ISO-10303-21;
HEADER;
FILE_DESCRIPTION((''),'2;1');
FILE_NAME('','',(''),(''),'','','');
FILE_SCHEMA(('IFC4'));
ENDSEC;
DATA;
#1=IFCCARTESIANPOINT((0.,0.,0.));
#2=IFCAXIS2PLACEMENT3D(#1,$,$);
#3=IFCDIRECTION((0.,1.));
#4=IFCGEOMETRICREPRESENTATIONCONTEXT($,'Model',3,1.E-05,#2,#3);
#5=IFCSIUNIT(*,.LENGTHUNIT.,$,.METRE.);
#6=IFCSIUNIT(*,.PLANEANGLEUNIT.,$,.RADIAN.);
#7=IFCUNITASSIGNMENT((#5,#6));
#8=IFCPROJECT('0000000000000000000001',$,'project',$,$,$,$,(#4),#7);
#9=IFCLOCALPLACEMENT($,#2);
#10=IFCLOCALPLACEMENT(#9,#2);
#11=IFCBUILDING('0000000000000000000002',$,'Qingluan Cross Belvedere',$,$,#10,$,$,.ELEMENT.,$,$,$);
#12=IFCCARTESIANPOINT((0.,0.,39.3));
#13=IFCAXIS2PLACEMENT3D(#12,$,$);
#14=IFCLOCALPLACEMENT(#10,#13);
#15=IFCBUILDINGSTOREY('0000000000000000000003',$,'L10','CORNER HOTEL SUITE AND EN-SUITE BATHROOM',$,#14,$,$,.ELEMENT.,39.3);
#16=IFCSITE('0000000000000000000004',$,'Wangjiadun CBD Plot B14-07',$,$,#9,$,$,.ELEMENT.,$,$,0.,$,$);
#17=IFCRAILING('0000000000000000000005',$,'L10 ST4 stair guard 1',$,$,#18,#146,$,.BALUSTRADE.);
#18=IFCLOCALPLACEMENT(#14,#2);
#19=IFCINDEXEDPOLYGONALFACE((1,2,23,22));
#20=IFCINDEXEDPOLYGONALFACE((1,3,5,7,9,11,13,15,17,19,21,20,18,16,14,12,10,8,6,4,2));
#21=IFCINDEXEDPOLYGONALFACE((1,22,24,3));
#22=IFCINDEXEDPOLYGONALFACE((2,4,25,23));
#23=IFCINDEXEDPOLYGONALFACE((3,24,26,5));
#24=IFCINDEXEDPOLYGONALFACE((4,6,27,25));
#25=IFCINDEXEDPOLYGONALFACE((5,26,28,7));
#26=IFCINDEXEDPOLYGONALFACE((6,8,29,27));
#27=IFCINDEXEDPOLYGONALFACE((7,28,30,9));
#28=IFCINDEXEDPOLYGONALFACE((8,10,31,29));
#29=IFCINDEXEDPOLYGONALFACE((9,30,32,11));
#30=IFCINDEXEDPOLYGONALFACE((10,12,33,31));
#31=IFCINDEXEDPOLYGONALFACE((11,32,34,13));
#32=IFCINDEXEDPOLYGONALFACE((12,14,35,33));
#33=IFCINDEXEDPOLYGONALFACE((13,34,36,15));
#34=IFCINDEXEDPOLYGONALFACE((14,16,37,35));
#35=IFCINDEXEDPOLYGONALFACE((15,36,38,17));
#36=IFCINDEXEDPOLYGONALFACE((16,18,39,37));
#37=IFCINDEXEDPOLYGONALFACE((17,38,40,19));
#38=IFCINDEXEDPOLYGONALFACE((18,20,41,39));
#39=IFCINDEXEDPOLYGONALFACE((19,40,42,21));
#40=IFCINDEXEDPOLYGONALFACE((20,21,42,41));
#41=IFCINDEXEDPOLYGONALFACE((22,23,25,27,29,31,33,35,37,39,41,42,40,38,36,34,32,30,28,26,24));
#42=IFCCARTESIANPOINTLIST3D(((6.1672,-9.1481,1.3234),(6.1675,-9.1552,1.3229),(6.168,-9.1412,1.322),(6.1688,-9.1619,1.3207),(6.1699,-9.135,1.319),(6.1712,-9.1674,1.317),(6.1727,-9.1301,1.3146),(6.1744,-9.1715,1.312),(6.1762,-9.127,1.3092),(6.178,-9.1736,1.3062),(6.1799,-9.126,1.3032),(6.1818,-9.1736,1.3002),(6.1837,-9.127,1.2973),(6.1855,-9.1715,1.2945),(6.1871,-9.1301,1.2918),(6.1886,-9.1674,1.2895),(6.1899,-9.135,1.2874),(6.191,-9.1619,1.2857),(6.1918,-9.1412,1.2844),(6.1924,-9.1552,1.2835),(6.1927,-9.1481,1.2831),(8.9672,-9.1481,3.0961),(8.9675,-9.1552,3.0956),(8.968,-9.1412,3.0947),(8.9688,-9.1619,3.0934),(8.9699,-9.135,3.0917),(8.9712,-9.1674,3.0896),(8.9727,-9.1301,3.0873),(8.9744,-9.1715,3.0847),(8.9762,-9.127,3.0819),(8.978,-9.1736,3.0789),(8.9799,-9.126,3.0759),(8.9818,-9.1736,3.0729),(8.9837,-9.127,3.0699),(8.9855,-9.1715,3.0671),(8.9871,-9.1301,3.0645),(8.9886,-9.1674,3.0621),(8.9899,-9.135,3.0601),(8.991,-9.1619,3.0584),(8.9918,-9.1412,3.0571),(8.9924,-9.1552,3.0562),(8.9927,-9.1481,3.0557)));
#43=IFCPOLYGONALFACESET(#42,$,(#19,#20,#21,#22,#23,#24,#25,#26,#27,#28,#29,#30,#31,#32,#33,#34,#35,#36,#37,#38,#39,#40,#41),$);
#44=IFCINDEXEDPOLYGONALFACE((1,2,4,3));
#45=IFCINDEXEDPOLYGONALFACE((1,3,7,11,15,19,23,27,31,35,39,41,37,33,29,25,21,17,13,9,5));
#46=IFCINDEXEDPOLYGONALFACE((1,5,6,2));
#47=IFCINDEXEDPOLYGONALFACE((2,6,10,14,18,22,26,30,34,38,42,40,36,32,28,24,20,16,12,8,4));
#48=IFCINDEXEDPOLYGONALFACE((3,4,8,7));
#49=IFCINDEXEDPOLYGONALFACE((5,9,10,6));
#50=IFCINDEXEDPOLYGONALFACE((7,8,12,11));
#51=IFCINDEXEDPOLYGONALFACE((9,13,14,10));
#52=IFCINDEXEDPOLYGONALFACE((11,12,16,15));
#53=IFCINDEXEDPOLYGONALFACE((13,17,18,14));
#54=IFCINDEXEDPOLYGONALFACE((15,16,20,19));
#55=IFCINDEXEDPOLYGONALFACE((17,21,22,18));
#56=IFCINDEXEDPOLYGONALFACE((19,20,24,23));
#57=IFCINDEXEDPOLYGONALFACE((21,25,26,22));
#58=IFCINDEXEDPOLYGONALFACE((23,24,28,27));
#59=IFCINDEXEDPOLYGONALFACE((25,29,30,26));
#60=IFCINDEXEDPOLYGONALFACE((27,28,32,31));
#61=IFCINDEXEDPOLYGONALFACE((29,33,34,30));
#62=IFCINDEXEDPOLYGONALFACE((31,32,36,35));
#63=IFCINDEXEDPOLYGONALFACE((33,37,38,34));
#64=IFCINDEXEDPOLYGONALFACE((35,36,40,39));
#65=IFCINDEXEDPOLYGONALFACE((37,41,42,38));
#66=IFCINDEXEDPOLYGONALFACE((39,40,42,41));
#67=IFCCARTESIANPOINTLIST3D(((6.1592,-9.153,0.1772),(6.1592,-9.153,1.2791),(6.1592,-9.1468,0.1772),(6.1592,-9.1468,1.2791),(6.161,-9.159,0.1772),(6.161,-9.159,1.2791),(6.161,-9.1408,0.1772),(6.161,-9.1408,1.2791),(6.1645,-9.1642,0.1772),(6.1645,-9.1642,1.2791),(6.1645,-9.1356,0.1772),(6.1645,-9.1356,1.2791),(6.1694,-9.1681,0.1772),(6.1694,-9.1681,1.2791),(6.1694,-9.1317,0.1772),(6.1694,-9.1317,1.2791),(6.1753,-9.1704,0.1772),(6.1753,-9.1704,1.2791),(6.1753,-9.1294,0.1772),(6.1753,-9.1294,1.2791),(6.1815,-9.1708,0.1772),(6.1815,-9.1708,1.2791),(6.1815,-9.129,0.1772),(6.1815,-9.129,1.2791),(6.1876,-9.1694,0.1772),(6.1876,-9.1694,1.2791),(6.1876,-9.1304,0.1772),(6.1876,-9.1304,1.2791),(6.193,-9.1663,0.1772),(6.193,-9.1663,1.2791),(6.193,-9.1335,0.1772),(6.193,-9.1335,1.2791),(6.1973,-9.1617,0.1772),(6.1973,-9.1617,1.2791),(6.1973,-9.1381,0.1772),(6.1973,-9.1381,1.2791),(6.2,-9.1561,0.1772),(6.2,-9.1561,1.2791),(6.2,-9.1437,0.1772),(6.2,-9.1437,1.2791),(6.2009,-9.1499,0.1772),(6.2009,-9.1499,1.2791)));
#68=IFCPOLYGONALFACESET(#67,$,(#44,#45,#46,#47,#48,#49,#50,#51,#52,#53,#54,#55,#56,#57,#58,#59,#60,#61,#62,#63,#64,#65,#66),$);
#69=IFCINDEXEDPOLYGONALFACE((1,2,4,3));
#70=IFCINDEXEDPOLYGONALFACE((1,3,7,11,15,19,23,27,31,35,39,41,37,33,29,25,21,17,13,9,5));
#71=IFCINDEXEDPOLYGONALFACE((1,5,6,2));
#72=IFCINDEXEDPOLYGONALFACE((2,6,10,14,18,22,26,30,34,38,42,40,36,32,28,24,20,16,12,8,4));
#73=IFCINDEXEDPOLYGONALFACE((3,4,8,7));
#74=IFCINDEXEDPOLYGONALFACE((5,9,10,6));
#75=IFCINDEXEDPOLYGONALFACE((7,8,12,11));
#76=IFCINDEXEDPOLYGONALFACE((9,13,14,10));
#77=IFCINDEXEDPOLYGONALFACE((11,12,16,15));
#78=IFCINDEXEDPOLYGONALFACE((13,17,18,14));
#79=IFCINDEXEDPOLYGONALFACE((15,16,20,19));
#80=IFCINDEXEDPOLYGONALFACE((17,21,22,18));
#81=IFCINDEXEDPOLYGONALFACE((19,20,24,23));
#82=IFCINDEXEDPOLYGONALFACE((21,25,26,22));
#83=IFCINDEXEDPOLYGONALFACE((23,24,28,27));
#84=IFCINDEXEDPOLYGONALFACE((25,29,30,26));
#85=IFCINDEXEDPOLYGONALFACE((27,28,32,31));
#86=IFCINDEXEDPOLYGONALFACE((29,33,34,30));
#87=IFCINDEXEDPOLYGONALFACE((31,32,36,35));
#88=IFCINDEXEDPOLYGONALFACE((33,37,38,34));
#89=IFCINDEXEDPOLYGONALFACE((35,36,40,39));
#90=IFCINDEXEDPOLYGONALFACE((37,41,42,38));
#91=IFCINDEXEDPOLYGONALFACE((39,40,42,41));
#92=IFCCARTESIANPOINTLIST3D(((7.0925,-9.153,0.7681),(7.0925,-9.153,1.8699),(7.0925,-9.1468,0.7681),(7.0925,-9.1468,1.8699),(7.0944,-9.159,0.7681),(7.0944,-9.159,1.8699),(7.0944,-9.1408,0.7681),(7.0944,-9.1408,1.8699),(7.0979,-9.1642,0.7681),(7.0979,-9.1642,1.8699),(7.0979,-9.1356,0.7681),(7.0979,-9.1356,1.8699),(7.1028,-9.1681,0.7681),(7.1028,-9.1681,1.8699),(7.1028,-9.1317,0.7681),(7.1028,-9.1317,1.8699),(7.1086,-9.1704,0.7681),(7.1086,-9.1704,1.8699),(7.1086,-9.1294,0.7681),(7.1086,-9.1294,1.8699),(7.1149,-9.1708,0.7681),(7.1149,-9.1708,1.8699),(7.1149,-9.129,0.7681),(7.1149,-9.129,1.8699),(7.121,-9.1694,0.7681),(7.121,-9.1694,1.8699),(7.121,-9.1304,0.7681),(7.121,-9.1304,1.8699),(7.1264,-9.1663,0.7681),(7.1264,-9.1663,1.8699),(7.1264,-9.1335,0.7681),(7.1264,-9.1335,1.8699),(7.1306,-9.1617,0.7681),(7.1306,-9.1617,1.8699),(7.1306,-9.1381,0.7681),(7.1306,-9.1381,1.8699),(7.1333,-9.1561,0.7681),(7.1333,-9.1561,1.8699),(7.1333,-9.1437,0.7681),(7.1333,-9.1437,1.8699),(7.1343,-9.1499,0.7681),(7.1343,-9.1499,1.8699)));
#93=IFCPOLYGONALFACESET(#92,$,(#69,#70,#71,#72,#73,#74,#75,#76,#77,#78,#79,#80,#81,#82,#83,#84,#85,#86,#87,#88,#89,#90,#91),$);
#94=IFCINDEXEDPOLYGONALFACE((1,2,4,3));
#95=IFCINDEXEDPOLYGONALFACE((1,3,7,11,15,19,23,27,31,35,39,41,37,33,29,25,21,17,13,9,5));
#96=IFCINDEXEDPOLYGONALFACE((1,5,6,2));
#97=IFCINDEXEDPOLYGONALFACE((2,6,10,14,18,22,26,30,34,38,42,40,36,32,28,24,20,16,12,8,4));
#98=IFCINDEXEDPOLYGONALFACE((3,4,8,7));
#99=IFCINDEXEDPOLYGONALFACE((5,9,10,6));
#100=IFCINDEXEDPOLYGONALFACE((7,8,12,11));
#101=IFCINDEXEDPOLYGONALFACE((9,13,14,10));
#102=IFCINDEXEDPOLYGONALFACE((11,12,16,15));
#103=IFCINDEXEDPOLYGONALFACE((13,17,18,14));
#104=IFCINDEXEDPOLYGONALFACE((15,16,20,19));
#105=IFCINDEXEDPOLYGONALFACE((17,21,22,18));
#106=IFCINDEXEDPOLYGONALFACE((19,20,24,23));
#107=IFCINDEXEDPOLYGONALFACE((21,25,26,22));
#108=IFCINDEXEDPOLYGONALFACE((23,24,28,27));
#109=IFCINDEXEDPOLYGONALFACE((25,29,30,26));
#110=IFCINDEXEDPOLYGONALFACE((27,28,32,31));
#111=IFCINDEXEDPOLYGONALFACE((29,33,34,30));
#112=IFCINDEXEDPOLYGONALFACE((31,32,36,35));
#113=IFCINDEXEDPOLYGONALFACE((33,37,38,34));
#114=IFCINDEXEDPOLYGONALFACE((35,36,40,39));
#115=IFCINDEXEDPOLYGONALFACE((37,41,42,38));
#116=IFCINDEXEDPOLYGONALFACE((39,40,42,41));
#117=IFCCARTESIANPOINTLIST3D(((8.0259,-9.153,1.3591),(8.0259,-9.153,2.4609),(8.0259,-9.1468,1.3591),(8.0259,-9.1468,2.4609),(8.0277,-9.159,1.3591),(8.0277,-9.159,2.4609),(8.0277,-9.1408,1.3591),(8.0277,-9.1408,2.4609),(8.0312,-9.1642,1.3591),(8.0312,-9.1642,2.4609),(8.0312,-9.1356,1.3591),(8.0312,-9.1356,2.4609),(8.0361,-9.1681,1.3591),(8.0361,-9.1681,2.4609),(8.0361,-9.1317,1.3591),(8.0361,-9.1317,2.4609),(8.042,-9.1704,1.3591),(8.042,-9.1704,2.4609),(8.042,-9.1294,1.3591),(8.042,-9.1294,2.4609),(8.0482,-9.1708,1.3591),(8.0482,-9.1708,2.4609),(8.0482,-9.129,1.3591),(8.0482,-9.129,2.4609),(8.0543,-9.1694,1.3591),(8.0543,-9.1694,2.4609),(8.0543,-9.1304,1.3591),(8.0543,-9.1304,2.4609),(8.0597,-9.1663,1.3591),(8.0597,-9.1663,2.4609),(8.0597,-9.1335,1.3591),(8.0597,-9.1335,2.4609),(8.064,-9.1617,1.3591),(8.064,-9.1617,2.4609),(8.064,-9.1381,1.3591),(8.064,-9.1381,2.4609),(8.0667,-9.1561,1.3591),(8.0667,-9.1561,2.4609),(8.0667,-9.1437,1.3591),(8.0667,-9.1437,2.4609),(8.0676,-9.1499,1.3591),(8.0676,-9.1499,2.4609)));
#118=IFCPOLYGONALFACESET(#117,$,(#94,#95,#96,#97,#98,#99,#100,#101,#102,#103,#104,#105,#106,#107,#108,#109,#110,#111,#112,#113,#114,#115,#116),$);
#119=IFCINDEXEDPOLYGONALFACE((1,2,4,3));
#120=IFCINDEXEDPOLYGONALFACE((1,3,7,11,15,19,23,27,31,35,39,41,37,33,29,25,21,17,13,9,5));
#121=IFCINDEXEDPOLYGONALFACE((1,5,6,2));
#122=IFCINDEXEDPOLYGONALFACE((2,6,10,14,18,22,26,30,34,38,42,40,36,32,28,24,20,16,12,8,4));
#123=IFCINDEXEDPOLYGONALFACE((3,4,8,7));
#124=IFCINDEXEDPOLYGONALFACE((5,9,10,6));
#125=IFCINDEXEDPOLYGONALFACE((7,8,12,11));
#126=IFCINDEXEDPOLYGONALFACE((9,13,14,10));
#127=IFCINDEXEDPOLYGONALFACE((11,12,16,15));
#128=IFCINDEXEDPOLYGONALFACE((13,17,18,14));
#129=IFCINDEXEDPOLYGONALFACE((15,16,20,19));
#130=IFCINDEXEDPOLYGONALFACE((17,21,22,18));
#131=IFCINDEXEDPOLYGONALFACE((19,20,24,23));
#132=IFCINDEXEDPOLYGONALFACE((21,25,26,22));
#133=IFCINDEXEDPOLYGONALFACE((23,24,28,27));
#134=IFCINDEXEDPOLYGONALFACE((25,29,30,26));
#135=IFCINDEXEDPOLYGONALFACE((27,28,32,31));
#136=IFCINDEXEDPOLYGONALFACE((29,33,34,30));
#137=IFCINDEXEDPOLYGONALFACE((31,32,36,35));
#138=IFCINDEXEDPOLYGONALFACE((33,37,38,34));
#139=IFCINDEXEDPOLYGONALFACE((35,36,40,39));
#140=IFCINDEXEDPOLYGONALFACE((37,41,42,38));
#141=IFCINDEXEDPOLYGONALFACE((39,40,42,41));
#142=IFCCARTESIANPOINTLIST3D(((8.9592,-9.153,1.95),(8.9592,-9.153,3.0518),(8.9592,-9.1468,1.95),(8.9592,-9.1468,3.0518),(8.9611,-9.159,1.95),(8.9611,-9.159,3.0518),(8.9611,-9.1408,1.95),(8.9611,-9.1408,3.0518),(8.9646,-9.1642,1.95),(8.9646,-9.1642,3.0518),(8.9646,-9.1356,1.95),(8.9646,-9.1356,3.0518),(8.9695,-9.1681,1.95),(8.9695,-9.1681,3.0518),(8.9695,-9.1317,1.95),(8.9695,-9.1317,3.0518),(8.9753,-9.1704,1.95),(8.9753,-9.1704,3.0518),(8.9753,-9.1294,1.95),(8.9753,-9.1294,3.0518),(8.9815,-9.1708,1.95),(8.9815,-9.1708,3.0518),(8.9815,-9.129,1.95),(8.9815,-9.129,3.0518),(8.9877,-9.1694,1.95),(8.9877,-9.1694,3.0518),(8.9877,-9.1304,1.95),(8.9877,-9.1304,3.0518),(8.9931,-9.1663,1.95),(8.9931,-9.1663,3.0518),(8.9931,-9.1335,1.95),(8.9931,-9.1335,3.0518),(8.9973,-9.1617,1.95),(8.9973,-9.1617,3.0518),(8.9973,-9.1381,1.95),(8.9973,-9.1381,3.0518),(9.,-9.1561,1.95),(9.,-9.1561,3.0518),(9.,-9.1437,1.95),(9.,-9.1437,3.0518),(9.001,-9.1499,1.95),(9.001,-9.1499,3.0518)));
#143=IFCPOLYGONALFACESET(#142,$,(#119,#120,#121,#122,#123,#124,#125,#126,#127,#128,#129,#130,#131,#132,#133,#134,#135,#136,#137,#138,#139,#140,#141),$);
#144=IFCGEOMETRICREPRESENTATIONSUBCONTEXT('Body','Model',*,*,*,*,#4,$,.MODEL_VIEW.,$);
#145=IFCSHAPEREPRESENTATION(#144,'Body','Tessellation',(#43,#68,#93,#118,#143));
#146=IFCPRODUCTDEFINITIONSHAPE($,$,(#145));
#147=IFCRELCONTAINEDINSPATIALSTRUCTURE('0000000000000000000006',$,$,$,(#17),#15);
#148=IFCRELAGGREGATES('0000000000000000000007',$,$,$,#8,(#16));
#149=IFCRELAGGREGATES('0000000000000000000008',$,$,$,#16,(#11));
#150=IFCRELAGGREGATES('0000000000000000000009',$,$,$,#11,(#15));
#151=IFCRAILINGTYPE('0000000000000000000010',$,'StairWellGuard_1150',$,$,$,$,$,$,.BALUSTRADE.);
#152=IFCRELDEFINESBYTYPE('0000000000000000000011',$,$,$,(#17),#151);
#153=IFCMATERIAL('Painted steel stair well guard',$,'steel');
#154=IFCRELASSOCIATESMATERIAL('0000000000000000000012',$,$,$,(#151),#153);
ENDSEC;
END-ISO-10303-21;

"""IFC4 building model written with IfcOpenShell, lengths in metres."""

from ifc_helpers import new_model, si_unit, direction, frame, origin, origin_2d, place, context, subcontext, project, spatial, circle, extrude, material, type_object, element, save


model = new_model("IFC4")

# Units and contexts
model_context = context("Model", 3, precision=1e-05, world=origin(), true_north=direction((0.0, 1.0)))
body_context = subcontext(model_context, "Body", "Model", "MODEL_VIEW")
ifc_project = project(units=[si_unit("LENGTHUNIT", "METRE"), si_unit("PLANEANGLEUNIT", "RADIAN")], contexts=[model_context])

# Site, building, storey
site_placement = place(None, origin())
site = spatial("IfcSite", under=ifc_project, at=site_placement, Name="Wangjiadun CBD Plot B14-07", CompositionType="ELEMENT", RefElevation=0.0)
building_placement = place(site_placement, origin())
building = spatial("IfcBuilding", under=site, at=building_placement, Name="Qingluan Cross Belvedere", CompositionType="ELEMENT")
storey_placement = place(building_placement, frame((0.0, 0.0, 39.3)))
storey = spatial("IfcBuildingStorey", under=building, at=storey_placement, Name="L10", Description="CORNER HOTEL SUITE AND EN-SUITE BATHROOM", CompositionType="ELEMENT", Elevation=39.3)

# Railing
ifc_material_1 = material(Name="Painted steel stair well guard", Category="steel")
railing_type_1 = type_object("IfcRailingType", Name="StairWellGuard_1150", PredefinedType="BALUSTRADE", material=ifc_material_1)
railing_1_placement = place(storey_placement, frame((6.1799, -9.1499, 0.1772)))
element("IfcRailing", 1, at=railing_1_placement, inside=storey, type_object=railing_type_1, Name="L10 ST4 stair guard 1", PredefinedType="BALUSTRADE", context=body_context, shape_type="SweptSolid", body=[
    extrude(circle(Radius=0.0239, at=origin_2d()), frame((0.0, 0.0, 1.126), z_axis=(0.844909, 0.0, 0.53491), x_axis=(0.0, 1.0, 0.0)), (0.0, 0.0, 1.0), 3.314),
    extrude(circle(Radius=0.021, at=origin_2d()), origin(), (0.0, 0.0, 1.0), 1.1018),
    extrude(circle(Radius=0.021, at=origin_2d()), frame((0.9333, 0.0, 0.5908)), (0.0, 0.0, 1.0), 1.1018),
    extrude(circle(Radius=0.021, at=origin_2d()), frame((1.8667, 0.0, 1.1819)), (0.0, 0.0, 1.0), 1.1018),
    extrude(circle(Radius=0.021, at=origin_2d()), frame((2.8, 0.0, 1.7727)), (0.0, 0.0, 1.0), 1.1018),
])

save(model, "model.ifc")
